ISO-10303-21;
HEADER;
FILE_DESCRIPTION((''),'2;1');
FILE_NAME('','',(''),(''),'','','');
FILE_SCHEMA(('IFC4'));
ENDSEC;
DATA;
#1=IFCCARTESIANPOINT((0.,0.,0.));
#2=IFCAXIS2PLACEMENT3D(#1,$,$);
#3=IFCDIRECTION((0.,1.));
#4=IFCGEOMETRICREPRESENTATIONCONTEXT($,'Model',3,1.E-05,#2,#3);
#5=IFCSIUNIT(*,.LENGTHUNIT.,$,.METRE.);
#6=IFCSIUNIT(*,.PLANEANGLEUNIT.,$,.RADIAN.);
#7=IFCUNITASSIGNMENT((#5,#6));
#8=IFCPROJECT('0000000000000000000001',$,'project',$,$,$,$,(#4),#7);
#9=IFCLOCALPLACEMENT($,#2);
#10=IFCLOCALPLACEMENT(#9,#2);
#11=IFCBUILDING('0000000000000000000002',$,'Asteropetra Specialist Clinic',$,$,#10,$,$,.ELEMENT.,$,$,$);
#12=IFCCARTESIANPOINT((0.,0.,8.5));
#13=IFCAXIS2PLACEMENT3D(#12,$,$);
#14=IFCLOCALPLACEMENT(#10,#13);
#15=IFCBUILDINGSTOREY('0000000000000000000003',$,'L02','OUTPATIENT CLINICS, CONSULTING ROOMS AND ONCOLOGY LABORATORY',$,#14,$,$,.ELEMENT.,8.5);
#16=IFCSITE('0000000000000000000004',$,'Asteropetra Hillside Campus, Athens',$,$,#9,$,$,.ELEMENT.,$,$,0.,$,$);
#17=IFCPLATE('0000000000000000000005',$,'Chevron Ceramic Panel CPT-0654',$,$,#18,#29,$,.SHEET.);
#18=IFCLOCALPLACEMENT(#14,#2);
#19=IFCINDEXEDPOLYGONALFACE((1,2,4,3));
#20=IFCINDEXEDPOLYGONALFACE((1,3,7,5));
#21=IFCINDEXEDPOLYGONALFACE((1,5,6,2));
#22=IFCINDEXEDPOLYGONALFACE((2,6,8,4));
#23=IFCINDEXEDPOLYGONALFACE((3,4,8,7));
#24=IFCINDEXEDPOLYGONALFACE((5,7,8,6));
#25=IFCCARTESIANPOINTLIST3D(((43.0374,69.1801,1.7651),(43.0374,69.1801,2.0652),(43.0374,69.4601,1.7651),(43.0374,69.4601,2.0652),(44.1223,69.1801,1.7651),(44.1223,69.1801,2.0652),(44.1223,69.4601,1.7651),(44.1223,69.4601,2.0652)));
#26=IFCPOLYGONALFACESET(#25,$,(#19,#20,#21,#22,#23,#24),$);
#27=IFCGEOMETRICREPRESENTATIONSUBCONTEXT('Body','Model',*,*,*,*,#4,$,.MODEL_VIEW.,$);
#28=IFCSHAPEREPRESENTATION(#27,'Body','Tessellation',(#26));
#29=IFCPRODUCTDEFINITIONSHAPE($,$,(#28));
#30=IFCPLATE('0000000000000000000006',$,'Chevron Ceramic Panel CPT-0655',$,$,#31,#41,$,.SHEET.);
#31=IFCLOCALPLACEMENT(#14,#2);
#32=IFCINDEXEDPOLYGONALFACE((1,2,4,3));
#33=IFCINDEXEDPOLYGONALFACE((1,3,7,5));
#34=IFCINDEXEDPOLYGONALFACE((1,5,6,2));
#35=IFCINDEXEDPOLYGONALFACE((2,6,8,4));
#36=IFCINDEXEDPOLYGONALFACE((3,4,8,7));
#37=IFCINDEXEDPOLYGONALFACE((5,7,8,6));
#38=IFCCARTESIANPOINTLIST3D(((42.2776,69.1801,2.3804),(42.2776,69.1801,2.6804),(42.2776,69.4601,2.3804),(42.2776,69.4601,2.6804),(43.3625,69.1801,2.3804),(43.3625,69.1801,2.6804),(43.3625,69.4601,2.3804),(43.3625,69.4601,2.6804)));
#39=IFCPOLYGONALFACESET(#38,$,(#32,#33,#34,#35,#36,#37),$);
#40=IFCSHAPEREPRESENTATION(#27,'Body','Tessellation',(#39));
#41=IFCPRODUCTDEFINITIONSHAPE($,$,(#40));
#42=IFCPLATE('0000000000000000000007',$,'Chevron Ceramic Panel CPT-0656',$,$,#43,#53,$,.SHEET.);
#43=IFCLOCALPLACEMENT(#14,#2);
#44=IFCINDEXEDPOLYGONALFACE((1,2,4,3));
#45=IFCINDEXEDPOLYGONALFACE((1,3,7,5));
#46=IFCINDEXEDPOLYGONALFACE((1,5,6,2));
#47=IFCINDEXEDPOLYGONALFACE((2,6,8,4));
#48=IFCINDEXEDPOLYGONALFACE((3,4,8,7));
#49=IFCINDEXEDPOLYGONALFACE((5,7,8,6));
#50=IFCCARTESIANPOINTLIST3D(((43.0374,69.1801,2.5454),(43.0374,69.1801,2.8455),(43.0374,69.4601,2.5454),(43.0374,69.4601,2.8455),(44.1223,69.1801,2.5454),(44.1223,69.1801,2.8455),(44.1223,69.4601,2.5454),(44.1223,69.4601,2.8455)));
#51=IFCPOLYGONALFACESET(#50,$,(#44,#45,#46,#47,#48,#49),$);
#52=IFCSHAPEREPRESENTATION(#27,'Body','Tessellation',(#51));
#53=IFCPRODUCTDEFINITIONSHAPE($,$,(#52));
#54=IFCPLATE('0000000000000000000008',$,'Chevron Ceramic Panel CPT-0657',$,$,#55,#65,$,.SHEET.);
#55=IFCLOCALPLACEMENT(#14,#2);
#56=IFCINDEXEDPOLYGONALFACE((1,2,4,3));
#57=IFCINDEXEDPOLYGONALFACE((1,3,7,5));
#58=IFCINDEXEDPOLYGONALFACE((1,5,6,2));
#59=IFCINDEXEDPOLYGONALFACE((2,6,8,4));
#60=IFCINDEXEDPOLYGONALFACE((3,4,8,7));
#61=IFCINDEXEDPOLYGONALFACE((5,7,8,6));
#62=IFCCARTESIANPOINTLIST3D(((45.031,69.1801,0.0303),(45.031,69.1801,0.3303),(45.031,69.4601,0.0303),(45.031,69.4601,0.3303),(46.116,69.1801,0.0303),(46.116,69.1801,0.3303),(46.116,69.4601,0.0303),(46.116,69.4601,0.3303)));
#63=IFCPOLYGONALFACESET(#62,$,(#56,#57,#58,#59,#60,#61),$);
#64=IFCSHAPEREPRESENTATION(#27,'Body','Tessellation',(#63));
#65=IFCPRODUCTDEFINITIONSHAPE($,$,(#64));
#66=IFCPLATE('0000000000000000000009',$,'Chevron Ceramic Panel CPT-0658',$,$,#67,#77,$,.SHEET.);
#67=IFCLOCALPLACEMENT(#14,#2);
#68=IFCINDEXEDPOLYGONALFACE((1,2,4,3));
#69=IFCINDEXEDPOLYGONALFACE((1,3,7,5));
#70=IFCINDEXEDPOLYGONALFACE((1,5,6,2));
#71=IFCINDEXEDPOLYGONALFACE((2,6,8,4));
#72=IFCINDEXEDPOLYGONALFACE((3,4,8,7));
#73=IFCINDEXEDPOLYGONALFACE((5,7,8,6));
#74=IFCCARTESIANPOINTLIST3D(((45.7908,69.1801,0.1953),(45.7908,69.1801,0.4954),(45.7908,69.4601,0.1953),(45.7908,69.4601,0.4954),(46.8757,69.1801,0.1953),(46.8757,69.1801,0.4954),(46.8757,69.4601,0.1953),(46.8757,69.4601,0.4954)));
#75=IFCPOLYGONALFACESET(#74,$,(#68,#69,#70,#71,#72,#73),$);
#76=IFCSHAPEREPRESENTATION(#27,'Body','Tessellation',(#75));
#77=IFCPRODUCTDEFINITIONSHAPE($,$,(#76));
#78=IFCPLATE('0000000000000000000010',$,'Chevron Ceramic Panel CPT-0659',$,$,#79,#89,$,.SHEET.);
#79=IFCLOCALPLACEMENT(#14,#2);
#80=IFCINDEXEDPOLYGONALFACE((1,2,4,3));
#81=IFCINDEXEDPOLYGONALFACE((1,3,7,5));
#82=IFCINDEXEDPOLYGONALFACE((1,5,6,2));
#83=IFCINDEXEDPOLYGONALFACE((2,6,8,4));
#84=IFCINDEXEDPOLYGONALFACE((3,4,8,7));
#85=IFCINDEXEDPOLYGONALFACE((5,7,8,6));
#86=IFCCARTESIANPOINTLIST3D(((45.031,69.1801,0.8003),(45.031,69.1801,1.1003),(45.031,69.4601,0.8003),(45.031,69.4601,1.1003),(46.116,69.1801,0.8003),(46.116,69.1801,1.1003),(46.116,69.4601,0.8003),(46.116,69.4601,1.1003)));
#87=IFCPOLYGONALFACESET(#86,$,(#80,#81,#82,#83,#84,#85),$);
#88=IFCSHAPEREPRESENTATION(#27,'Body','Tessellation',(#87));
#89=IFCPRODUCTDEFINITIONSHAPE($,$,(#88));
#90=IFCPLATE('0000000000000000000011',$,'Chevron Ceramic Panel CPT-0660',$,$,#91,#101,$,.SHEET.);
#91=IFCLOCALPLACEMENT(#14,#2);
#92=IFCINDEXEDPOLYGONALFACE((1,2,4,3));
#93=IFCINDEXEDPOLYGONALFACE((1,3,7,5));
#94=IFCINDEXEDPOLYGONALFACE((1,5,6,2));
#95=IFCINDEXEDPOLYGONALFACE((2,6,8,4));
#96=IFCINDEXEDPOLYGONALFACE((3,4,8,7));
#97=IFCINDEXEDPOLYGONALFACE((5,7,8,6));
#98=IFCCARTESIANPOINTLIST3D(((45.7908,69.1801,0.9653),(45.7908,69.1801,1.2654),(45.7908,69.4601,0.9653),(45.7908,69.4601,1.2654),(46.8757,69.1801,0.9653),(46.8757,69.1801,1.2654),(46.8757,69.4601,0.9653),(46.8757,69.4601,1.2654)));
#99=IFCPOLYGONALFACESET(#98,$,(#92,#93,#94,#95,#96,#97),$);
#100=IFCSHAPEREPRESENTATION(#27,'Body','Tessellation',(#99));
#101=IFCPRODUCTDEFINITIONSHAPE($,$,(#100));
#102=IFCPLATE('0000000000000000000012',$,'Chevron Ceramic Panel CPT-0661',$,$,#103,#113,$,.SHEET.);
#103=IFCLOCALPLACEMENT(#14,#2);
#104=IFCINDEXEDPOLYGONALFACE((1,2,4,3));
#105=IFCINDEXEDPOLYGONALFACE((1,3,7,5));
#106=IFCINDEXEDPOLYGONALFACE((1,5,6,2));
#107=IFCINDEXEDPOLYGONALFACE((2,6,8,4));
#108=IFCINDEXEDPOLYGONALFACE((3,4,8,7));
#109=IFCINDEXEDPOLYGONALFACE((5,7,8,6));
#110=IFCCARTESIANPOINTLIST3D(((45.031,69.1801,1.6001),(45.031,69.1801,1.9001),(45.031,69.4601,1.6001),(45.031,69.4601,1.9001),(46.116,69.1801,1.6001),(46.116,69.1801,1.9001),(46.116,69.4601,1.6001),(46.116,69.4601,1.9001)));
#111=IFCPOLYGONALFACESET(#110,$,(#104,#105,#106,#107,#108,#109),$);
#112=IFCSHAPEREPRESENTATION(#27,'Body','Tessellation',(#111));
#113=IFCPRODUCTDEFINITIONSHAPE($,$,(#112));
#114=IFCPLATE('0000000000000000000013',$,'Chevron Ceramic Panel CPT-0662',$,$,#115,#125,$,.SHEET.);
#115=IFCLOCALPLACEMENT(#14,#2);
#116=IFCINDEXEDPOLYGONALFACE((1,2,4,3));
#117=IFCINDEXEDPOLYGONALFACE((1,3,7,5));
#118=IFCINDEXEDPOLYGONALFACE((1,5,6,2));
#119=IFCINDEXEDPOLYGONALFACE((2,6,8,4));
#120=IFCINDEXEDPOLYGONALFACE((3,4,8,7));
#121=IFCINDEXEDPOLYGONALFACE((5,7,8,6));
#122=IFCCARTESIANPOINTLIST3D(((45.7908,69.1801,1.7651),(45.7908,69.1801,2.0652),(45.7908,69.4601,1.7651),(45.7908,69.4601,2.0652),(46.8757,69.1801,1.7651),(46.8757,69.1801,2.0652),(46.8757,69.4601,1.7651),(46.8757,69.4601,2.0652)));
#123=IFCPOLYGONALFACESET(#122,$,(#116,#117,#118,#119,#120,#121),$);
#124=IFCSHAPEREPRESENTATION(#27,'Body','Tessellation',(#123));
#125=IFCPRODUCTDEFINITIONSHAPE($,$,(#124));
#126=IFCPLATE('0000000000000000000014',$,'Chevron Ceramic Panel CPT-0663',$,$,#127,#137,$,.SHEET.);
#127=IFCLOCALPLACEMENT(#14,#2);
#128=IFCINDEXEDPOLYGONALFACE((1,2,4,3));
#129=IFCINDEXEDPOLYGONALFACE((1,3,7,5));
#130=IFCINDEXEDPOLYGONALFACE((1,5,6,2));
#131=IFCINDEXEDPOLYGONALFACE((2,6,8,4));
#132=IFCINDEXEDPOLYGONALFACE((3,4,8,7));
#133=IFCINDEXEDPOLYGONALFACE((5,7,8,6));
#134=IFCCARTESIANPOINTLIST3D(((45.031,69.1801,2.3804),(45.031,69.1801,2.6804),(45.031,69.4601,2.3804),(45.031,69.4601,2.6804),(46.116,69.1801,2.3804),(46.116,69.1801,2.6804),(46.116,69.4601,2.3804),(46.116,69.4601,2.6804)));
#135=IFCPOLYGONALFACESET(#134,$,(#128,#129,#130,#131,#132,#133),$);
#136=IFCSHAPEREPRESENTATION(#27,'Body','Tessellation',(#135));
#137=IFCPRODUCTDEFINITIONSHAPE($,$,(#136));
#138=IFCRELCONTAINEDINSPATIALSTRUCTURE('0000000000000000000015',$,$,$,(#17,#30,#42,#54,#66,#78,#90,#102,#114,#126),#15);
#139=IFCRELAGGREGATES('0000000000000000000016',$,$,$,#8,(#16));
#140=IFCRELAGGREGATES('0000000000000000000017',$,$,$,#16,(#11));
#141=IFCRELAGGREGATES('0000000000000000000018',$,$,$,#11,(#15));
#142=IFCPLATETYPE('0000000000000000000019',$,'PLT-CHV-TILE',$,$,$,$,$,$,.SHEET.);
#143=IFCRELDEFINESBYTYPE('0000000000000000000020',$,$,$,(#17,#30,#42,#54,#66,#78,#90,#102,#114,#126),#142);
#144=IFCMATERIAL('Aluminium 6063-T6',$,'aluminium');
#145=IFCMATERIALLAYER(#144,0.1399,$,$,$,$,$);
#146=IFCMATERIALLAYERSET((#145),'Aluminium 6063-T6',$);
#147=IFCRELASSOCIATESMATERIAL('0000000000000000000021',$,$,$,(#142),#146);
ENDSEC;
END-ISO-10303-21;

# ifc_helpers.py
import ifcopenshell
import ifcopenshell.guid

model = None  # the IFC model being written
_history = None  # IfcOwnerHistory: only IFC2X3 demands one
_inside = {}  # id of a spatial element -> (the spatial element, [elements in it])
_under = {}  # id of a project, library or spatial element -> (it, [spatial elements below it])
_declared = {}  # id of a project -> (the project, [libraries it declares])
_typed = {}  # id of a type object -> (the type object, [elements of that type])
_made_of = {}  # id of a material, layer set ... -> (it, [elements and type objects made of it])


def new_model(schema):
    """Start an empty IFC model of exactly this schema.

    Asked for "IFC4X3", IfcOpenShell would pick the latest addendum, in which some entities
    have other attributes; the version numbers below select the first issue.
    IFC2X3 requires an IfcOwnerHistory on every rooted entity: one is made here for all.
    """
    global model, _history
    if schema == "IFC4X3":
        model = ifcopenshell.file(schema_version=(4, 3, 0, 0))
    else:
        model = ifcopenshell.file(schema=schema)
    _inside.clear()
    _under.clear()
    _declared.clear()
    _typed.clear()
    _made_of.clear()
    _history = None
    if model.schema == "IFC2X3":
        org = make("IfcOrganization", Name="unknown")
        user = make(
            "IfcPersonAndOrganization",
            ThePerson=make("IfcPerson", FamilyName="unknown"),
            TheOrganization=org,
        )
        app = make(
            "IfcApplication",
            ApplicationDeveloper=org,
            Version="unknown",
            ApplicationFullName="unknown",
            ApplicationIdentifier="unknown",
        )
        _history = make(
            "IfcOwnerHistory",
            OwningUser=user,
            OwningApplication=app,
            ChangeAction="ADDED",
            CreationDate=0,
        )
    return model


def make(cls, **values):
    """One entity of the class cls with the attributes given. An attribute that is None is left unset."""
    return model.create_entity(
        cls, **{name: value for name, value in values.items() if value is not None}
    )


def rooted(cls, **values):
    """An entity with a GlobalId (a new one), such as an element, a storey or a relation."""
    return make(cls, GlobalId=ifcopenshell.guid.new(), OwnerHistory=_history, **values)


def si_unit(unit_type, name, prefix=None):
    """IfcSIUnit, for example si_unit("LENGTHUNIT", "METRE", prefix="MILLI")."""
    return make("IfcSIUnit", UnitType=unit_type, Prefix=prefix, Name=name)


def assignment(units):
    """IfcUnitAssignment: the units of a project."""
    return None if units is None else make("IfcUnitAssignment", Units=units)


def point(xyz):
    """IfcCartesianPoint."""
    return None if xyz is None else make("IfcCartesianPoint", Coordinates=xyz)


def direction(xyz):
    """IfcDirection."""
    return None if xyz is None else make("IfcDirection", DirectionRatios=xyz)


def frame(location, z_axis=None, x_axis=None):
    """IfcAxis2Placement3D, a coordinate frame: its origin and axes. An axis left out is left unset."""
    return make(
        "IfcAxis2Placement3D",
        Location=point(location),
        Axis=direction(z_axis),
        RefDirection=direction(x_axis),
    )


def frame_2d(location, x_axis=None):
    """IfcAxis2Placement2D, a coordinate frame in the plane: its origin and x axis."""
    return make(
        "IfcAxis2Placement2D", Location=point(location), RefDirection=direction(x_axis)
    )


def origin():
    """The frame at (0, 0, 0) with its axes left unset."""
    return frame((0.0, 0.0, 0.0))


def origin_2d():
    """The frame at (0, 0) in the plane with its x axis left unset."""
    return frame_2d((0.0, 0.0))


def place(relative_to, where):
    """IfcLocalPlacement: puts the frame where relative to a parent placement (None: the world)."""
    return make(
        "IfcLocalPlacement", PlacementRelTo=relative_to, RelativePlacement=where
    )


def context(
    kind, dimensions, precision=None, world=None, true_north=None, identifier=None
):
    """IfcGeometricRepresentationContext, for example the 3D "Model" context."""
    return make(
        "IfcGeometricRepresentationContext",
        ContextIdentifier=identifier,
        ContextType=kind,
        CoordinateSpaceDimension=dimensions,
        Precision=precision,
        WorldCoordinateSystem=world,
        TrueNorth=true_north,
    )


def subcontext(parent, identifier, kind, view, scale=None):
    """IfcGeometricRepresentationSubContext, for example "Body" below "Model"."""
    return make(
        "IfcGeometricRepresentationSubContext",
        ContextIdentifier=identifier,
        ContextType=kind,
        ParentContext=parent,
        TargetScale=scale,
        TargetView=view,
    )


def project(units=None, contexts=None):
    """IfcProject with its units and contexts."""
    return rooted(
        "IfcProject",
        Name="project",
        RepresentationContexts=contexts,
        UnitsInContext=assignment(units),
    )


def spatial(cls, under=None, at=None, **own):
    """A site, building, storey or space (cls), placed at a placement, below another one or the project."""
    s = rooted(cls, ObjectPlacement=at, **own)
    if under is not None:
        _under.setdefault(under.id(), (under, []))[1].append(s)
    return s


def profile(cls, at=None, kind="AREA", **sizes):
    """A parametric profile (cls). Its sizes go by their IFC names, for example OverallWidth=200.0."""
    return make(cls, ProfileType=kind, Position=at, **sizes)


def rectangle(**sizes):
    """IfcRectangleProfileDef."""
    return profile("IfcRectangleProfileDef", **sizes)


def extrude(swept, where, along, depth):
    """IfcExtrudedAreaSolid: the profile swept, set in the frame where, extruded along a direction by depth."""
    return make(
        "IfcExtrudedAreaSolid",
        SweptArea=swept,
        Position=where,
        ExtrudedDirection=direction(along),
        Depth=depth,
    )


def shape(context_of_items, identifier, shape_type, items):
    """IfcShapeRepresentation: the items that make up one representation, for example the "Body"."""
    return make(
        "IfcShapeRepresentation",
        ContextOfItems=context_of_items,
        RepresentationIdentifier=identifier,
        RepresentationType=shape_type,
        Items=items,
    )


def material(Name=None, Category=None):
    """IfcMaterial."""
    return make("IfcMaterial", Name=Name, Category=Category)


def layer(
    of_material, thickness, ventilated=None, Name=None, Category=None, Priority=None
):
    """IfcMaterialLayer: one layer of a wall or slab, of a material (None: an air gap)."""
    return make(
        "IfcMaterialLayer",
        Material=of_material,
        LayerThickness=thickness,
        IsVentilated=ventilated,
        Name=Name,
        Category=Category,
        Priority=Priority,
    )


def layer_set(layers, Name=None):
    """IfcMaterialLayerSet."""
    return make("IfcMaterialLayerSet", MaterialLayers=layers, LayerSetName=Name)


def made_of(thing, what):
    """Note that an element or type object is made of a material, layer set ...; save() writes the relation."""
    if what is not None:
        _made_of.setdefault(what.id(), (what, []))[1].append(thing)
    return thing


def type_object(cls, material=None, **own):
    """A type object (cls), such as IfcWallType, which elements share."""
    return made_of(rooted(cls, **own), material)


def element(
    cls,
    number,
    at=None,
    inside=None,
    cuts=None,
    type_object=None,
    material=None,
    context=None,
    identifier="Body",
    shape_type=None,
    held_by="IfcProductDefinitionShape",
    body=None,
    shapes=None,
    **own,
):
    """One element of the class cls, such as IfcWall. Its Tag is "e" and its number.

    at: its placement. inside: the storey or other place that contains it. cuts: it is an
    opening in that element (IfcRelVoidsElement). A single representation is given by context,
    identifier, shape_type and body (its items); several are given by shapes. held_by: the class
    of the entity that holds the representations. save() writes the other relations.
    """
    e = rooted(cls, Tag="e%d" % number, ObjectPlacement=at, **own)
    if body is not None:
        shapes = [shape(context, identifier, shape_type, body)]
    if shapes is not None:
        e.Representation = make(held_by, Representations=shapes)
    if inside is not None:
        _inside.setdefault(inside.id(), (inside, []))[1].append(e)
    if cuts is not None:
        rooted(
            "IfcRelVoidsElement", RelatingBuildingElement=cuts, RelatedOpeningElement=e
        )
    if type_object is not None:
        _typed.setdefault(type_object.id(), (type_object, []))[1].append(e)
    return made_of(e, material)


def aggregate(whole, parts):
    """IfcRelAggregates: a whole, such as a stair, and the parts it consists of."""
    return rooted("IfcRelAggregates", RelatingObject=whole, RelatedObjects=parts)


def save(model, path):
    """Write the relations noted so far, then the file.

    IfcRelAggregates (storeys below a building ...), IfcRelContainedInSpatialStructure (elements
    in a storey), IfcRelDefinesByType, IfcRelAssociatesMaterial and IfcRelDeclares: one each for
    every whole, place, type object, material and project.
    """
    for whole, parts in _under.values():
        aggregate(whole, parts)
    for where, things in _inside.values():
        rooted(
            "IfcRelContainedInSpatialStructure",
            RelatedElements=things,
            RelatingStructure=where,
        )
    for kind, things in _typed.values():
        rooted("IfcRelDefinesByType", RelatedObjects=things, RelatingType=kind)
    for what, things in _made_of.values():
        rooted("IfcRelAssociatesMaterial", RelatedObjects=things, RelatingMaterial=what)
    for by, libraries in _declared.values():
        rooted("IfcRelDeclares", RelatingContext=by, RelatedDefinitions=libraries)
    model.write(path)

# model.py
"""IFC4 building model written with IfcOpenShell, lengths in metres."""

from ifc_helpers import new_model, si_unit, direction, frame, origin, origin_2d, place, context, subcontext, project, spatial, rectangle, extrude, material, layer, layer_set, type_object, element, save


model = new_model("IFC4")

# Units and contexts
model_context = context("Model", 3, precision=1e-05, world=origin(), true_north=direction((0.0, 1.0)))
body_context = subcontext(model_context, "Body", "Model", "MODEL_VIEW")
ifc_project = project(units=[si_unit("LENGTHUNIT", "METRE"), si_unit("PLANEANGLEUNIT", "RADIAN")], contexts=[model_context])

# Site, building, storey
site_placement = place(None, origin())
site = spatial("IfcSite", under=ifc_project, at=site_placement, Name="Asteropetra Hillside Campus, Athens", CompositionType="ELEMENT", RefElevation=0.0)
building_placement = place(site_placement, origin())
building = spatial("IfcBuilding", under=site, at=building_placement, Name="Asteropetra Specialist Clinic", CompositionType="ELEMENT")
storey_placement = place(building_placement, frame((0.0, 0.0, 8.5)))
storey = spatial("IfcBuildingStorey", under=building, at=storey_placement, Name="L02", Description="OUTPATIENT CLINICS, CONSULTING ROOMS AND ONCOLOGY LABORATORY", CompositionType="ELEMENT", Elevation=8.5)

# Plates
ifc_material_1 = material(Name="Aluminium 6063-T6", Category="aluminium")
ifc_layer = layer(ifc_material_1, 0.1399)
ifc_layer_set = layer_set([ifc_layer], Name="Aluminium 6063-T6")
plate_type_1 = type_object("IfcPlateType", Name="PLT-CHV-TILE", PredefinedType="SHEET", material=ifc_layer_set)
for number, where, z_axis, x_axis, name in (
    (1, (43.5798, 69.3201, 1.7651), (0.0, 0.0, 1.0), (1.0, 0.0, 0.0), "Chevron Ceramic Panel CPT-0654"),
    (2, (42.8201, 69.3201, 2.3804), (0.0, 0.0, 1.0), (1.0, 0.0, 0.0), "Chevron Ceramic Panel CPT-0655"),
    (3, (43.5798, 69.3201, 2.5454), (0.0, 0.0, 1.0), (1.0, 0.0, 0.0), "Chevron Ceramic Panel CPT-0656"),
    (4, (45.5735, 69.3201, 0.0303), (0.0, 0.0, 1.0), (1.0, 0.0, 0.0), "Chevron Ceramic Panel CPT-0657"),
    (5, (46.3333, 69.3201, 0.1953), (0.0, 0.0, 1.0), (1.0, 0.0, 0.0), "Chevron Ceramic Panel CPT-0658"),
    (6, (45.5735, 69.3201, 0.8003), (0.0, 0.0, 1.0), (1.0, 0.0, 0.0), "Chevron Ceramic Panel CPT-0659"),
    (7, (46.3333, 69.3201, 0.9653), (0.0, 0.0, 1.0), (1.0, 0.0, 0.0), "Chevron Ceramic Panel CPT-0660"),
    (8, (45.5735, 69.3201, 1.6001), (0.0, 0.0, 1.0), (1.0, 0.0, 0.0), "Chevron Ceramic Panel CPT-0661"),
    (9, (46.3333, 69.3201, 1.7651), (0.0, 0.0, 1.0), (1.0, 0.0, 0.0), "Chevron Ceramic Panel CPT-0662"),
    (10, (45.5735, 69.3201, 2.3804), (0.0, 0.0, 1.0), (1.0, 0.0, 0.0), "Chevron Ceramic Panel CPT-0663"),
):
    element("IfcPlate", number, at=place(storey_placement, frame(where, z_axis=z_axis, x_axis=x_axis)), inside=storey, type_object=plate_type_1, Name=name, PredefinedType="SHEET", context=body_context, shape_type="SweptSolid", body=[
        extrude(rectangle(XDim=1.085, YDim=0.28, at=origin_2d()), origin(), (0.0, 0.0, 1.0), 0.3),
    ])

save(model, "model.ifc")
